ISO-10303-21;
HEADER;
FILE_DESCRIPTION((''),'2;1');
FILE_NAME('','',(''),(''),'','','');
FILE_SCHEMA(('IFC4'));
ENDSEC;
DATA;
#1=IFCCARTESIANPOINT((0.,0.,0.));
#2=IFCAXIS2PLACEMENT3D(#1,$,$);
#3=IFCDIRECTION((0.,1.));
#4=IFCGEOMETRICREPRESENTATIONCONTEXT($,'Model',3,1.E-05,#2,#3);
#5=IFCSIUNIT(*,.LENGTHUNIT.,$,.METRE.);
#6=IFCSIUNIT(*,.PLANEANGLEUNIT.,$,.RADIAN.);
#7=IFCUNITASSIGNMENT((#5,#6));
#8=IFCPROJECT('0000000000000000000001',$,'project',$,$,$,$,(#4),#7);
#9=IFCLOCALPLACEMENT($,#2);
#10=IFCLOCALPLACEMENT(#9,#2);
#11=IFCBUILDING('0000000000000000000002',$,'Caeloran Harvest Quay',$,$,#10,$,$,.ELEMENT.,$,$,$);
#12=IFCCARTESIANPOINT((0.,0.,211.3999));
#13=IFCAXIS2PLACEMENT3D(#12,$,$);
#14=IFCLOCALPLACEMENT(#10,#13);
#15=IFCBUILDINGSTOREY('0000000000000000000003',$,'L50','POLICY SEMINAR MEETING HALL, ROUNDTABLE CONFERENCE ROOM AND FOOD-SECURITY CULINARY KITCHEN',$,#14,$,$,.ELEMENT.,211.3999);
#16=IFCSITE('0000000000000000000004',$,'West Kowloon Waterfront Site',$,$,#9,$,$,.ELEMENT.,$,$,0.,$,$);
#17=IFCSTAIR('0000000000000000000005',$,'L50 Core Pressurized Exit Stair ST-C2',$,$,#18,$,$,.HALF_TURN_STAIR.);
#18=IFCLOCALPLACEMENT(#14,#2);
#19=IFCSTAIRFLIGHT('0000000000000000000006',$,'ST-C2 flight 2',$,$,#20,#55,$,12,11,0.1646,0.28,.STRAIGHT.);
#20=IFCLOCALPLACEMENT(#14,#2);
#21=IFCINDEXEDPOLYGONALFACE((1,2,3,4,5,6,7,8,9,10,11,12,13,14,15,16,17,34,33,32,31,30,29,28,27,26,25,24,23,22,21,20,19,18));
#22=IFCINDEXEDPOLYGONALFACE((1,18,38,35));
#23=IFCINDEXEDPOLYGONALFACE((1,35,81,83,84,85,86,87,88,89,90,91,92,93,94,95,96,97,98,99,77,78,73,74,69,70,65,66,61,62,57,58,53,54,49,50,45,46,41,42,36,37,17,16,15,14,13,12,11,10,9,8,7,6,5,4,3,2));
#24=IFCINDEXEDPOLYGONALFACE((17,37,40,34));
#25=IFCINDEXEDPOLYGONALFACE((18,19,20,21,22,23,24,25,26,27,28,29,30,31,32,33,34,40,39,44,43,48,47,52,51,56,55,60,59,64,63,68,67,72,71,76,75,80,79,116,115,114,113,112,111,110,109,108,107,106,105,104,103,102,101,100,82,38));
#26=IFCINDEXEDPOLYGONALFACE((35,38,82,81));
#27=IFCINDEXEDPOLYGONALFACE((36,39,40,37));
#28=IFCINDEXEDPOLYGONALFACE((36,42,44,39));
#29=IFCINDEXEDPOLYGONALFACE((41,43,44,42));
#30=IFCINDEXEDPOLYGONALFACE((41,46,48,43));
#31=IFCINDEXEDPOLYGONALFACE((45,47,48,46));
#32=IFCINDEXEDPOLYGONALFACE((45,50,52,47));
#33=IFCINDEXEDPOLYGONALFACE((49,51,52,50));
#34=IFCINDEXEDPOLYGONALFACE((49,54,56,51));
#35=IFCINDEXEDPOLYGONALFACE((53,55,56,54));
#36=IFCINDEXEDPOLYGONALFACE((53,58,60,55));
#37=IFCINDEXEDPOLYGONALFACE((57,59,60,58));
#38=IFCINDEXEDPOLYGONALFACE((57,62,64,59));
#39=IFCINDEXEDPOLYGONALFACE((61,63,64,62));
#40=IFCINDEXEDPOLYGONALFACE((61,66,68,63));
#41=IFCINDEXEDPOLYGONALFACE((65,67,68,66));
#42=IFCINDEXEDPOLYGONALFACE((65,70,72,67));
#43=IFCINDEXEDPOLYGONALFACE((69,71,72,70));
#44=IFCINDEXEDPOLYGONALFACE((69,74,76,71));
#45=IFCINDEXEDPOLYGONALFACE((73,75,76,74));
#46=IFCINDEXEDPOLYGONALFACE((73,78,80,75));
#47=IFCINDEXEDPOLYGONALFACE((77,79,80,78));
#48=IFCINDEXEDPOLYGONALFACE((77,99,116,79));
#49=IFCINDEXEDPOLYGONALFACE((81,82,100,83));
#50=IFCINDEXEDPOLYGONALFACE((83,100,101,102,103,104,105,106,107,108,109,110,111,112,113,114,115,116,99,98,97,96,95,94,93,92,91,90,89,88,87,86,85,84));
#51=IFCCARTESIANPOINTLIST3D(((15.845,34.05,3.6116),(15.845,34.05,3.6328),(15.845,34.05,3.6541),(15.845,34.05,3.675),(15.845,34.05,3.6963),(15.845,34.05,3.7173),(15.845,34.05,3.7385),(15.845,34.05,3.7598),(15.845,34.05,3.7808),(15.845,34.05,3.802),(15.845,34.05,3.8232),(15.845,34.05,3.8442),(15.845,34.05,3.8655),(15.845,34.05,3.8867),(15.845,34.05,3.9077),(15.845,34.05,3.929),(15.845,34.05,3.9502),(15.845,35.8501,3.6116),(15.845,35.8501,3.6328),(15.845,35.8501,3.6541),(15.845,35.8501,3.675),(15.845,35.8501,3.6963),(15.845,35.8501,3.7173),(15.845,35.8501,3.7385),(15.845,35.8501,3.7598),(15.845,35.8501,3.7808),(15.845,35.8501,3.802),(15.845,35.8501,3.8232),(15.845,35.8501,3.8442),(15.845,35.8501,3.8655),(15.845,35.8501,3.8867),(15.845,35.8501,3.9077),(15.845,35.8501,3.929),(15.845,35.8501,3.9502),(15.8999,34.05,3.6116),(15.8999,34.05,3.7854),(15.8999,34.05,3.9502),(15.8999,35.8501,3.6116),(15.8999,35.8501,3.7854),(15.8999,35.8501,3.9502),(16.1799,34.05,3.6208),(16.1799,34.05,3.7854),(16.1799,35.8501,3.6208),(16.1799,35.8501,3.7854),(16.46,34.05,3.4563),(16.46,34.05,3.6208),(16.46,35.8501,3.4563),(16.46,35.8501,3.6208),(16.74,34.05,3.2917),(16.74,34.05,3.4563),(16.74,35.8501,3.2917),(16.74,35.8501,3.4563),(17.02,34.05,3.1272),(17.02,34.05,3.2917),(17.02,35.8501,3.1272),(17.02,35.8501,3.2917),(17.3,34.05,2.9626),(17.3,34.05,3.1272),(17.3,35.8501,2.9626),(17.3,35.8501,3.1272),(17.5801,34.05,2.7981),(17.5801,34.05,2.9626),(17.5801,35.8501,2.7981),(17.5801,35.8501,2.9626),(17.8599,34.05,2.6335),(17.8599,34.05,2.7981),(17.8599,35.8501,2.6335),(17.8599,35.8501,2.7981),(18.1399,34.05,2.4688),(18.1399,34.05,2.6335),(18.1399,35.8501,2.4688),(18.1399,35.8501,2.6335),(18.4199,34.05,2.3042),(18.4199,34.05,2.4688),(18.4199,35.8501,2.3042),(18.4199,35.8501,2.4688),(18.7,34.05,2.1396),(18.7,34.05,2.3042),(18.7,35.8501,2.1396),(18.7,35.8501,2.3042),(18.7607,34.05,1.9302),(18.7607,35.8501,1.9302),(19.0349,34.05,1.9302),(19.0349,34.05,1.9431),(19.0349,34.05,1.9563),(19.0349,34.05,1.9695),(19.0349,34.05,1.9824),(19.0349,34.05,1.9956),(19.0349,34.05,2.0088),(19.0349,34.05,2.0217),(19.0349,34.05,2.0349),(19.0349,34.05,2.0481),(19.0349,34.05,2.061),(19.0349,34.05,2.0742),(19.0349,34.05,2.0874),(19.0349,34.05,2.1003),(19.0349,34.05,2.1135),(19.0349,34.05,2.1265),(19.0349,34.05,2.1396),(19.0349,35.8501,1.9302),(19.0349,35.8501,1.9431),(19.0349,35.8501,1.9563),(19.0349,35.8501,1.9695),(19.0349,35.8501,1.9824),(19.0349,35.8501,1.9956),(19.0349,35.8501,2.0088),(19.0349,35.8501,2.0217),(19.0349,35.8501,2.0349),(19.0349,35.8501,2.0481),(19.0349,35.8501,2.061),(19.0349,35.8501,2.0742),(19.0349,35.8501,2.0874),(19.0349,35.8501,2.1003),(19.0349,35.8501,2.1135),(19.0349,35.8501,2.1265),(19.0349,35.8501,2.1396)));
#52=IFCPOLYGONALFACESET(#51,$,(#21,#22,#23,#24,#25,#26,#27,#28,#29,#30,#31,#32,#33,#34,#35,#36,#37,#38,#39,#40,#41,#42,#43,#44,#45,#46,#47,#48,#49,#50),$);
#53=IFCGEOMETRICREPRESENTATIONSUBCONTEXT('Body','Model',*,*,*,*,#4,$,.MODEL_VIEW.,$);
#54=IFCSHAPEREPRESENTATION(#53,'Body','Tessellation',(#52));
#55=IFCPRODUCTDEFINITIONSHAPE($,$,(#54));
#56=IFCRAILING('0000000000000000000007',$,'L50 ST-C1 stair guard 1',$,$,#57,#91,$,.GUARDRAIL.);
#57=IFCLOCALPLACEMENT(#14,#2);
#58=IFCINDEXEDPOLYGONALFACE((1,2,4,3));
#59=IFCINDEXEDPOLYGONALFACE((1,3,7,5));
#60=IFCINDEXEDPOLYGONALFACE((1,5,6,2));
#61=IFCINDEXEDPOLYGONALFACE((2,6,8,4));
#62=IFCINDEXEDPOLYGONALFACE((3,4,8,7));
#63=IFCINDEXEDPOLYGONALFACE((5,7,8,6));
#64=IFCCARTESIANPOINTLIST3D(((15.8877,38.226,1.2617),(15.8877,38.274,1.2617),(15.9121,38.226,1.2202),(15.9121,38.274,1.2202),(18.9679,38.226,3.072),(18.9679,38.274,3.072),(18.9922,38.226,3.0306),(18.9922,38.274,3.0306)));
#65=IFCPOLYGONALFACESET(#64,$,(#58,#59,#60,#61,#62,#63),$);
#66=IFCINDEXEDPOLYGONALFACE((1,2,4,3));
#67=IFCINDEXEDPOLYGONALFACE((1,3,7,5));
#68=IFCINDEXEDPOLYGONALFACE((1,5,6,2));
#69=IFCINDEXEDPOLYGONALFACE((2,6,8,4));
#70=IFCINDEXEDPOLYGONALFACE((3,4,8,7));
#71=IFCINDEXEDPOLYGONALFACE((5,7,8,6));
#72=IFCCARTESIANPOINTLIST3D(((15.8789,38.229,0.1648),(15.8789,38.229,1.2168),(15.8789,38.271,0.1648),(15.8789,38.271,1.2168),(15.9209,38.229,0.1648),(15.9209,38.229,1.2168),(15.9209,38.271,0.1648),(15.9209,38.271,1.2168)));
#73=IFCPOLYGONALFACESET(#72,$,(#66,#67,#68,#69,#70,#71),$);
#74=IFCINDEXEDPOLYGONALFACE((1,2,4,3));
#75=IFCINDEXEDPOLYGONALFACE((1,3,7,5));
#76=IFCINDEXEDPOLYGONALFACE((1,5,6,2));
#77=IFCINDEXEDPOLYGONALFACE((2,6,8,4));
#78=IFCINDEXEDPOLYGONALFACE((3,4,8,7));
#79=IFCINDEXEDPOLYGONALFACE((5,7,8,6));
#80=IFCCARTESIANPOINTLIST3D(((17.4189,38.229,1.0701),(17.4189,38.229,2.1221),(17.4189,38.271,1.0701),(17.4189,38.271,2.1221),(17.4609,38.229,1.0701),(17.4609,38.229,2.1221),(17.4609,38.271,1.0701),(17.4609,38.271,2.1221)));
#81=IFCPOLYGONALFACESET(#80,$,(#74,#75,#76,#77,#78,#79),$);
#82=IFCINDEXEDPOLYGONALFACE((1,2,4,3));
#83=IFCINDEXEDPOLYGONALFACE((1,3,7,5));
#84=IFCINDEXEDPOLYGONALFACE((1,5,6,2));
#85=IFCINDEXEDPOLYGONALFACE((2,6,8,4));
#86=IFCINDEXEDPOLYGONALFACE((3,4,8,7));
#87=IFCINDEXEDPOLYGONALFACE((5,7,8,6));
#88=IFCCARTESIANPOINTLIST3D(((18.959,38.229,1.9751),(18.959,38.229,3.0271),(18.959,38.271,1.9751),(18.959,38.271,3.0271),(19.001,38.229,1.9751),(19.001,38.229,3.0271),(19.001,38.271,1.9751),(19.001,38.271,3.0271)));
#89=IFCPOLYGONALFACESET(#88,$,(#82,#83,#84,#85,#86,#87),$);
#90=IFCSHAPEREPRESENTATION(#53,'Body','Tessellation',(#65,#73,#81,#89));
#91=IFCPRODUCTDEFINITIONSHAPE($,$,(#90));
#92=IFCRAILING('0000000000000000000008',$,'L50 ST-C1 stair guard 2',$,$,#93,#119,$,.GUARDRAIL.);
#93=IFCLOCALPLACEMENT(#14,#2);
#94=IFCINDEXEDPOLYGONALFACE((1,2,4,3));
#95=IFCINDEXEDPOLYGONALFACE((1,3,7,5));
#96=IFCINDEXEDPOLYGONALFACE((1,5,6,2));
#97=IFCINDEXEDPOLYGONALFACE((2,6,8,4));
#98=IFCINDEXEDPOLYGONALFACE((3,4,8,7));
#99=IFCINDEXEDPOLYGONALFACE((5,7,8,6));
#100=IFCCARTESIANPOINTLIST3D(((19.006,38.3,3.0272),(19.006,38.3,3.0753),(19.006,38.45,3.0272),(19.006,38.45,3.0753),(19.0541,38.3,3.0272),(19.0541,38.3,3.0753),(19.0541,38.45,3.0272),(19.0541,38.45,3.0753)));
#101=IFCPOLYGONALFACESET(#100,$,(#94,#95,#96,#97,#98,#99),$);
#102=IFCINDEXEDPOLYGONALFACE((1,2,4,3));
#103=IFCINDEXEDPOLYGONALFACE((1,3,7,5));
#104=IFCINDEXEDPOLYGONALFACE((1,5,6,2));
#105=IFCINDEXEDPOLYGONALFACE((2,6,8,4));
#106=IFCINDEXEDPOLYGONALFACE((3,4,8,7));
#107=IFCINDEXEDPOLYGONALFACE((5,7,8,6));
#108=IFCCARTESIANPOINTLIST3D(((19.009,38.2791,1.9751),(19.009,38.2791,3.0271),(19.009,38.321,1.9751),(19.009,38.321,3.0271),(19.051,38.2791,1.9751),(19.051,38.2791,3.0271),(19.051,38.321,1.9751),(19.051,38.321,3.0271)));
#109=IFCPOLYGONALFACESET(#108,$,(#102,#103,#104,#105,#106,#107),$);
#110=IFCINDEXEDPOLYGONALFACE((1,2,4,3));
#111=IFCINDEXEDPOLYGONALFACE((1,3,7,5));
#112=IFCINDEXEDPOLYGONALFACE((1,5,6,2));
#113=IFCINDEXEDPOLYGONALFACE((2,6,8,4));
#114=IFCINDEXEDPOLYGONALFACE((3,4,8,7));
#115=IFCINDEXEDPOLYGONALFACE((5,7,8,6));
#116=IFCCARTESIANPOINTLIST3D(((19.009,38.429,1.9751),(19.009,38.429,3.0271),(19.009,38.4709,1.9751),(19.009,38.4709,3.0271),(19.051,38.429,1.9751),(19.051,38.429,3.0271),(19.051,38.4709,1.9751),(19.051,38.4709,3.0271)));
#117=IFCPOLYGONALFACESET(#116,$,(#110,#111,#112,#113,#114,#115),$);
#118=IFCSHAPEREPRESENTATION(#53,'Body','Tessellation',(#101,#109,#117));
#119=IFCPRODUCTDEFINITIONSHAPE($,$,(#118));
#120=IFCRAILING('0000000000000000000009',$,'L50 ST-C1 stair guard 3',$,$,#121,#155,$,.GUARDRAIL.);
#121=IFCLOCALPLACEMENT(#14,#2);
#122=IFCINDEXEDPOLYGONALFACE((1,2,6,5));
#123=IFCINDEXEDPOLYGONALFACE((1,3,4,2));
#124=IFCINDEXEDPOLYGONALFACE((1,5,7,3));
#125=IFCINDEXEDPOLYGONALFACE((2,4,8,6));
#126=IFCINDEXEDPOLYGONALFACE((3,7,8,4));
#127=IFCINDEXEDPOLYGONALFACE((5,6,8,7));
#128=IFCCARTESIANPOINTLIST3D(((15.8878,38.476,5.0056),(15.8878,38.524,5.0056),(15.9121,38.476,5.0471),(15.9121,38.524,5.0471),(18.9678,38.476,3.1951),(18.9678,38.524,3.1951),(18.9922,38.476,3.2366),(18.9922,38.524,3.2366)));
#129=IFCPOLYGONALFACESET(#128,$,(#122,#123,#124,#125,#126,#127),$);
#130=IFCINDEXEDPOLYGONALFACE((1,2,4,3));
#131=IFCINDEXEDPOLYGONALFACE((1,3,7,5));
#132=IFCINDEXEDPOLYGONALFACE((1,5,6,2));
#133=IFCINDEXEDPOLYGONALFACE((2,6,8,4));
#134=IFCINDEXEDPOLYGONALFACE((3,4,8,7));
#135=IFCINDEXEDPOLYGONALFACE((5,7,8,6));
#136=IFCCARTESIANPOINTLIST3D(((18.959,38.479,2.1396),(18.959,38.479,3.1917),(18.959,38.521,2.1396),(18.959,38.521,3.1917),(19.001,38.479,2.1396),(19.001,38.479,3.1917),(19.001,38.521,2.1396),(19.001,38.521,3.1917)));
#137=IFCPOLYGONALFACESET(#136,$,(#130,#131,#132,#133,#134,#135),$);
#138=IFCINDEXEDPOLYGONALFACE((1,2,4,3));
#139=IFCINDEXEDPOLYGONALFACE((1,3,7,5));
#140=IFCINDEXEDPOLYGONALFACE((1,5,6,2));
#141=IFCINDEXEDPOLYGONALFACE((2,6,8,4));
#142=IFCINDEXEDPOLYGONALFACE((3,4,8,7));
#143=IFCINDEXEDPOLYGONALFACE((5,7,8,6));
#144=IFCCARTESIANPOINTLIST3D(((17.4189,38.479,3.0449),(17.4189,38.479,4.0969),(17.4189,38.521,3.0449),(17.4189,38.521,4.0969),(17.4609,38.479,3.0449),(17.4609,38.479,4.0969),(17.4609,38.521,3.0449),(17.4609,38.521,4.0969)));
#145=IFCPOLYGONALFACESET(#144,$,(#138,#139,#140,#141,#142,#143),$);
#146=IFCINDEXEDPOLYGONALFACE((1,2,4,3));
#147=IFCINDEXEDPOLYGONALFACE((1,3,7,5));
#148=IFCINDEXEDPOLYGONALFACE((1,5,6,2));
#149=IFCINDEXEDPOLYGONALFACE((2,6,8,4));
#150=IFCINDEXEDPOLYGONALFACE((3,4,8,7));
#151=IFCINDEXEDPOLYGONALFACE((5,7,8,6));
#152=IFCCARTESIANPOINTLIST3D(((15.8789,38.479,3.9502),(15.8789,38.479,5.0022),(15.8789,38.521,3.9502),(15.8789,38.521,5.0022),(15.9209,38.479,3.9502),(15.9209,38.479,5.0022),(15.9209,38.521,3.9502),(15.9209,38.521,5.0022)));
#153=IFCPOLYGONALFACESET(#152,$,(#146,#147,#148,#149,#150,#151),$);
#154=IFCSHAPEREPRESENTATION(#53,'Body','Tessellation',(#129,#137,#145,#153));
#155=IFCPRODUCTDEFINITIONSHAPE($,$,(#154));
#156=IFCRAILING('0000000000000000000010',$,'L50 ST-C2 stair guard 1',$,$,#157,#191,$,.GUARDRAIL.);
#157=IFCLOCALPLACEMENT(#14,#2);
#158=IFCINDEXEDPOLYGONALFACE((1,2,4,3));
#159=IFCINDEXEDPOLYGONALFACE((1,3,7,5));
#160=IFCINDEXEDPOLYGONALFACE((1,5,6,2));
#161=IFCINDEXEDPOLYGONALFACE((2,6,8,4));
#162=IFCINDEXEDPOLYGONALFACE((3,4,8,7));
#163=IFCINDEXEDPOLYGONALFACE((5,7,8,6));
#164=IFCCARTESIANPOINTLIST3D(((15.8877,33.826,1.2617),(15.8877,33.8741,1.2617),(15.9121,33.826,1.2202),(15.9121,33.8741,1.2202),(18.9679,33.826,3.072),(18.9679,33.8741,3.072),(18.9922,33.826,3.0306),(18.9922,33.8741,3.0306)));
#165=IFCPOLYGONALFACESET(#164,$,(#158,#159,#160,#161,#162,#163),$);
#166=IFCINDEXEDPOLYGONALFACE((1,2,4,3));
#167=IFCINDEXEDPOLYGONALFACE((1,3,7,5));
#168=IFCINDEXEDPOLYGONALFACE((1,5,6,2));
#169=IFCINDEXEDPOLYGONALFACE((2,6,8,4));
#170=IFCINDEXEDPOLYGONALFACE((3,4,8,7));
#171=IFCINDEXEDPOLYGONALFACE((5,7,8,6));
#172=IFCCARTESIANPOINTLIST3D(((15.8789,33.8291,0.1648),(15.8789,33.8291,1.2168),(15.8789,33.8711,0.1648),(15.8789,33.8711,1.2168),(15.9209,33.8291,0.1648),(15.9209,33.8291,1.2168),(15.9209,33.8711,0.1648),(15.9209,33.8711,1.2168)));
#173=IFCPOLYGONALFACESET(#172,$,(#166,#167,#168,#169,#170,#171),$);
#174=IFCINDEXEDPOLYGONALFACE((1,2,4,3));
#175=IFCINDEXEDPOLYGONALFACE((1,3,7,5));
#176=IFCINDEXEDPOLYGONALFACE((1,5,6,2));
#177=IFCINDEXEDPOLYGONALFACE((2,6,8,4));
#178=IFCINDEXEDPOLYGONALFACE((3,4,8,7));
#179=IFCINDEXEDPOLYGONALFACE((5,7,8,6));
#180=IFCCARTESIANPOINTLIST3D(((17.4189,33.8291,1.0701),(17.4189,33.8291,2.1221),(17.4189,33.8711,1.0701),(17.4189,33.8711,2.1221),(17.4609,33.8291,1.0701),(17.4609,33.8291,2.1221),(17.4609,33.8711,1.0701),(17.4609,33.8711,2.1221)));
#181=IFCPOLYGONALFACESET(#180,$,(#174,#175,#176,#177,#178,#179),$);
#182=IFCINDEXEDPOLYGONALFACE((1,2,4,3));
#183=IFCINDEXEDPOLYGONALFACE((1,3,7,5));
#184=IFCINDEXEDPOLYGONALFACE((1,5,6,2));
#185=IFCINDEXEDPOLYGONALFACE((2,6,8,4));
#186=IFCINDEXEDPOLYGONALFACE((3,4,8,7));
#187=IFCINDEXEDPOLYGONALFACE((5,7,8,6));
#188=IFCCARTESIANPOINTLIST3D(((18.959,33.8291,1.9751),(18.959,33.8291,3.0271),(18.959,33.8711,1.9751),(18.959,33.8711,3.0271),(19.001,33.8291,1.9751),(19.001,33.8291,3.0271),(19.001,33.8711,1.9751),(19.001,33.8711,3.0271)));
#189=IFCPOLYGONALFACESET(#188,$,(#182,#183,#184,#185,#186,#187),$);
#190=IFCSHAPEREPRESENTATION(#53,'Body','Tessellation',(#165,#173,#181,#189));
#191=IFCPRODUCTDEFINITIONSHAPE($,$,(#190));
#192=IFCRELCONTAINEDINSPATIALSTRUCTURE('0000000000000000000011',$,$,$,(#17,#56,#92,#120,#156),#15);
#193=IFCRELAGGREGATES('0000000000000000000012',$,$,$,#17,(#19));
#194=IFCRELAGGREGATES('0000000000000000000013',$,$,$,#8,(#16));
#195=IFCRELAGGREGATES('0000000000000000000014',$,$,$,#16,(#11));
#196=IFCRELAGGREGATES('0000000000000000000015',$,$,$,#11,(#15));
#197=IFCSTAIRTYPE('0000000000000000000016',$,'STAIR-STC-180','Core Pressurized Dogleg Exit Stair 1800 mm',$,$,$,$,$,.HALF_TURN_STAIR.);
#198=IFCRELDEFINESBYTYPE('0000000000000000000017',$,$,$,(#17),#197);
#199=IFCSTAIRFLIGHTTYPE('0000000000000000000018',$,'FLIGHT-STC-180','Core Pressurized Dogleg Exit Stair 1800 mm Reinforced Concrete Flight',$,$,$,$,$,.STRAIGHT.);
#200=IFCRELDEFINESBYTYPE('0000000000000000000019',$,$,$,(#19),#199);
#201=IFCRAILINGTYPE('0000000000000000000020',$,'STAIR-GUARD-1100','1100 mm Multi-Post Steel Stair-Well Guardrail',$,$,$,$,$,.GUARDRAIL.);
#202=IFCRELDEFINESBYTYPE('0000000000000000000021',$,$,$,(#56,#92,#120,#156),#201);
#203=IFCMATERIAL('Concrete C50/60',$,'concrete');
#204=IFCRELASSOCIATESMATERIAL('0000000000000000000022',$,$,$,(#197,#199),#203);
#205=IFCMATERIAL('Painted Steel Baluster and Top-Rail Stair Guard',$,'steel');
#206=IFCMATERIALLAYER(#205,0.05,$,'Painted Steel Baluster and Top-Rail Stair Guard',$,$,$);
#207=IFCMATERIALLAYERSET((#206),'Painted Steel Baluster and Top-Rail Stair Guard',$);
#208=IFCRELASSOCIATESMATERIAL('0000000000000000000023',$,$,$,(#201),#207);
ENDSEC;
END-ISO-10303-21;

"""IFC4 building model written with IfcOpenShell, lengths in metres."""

from ifc_helpers import new_model, si_unit, direction, frame, origin, origin_2d, place, context, subcontext, project, spatial, polyline, rectangle, outline, extrude, material, layer, layer_set, type_object, element, aggregate, save


model = new_model("IFC4")

# Units and contexts
model_context = context("Model", 3, precision=1e-05, world=origin(), true_north=direction((0.0, 1.0)))
body_context = subcontext(model_context, "Body", "Model", "MODEL_VIEW")
ifc_project = project(units=[si_unit("LENGTHUNIT", "METRE"), si_unit("PLANEANGLEUNIT", "RADIAN")], contexts=[model_context])

# Site, building, storey
site_placement = place(None, origin())
site = spatial("IfcSite", under=ifc_project, at=site_placement, Name="West Kowloon Waterfront Site", CompositionType="ELEMENT", RefElevation=0.0)
building_placement = place(site_placement, origin())
building = spatial("IfcBuilding", under=site, at=building_placement, Name="Caeloran Harvest Quay", CompositionType="ELEMENT")
storey_placement = place(building_placement, frame((0.0, 0.0, 211.3999)))
storey = spatial("IfcBuildingStorey", under=building, at=storey_placement, Name="L50", Description="POLICY SEMINAR MEETING HALL, ROUNDTABLE CONFERENCE ROOM AND FOOD-SECURITY CULINARY KITCHEN", CompositionType="ELEMENT", Elevation=211.3999)

# Shared definitions
ifc_material_1 = material(Name="Concrete C50/60", Category="concrete")

# Stair, stair flight
stair_type = type_object("IfcStairType", Name="STAIR-STC-180", Description="Core Pressurized Dogleg Exit Stair 1800 mm", PredefinedType="HALF_TURN_STAIR", material=ifc_material_1)
stair_flight_type = type_object("IfcStairFlightType", Name="FLIGHT-STC-180", Description="Core Pressurized Dogleg Exit Stair 1800 mm Reinforced Concrete Flight", PredefinedType="STRAIGHT", material=ifc_material_1)
stair_1_placement = place(storey_placement, origin())
stair_1 = element("IfcStair", 1, at=stair_1_placement, inside=storey, type_object=stair_type, Name="L50 Core Pressurized Exit Stair ST-C2", PredefinedType="HALF_TURN_STAIR")
stair_flight_1_placement = place(storey_placement, frame((18.98, 34.95, 1.9751), z_axis=(0.0, 0.0, 1.0), x_axis=(-1.0, 0.0, 0.0)))
stair_flight_1 = element("IfcStairFlight", 2, at=stair_flight_1_placement, type_object=stair_flight_type, Name="ST-C2 flight 2", NumberOfRisers=12, NumberOfTreads=11, PredefinedType="STRAIGHT", RiserHeight=0.1646, TreadLength=0.28, context=body_context, shape_type="SweptSolid", body=[
    extrude(outline(polyline([(-0.0549, -0.0449), (-0.0549, -0.032), (-0.0549, -0.0188), (-0.0549, -0.0056), (-0.0549, 0.0073), (-0.0549, 0.0205), (-0.0549, 0.0337), (-0.0549, 0.0466), (-0.0549, 0.0598), (-0.0549, 0.073), (-0.0549, 0.0859), (-0.0549, 0.0991), (-0.0549, 0.1123), (-0.0549, 0.1252), (-0.0549, 0.1384), (-0.0549, 0.1514), (-0.0549, 0.1646), (0.28, 0.1646), (0.28, 0.3291), (0.5601, 0.3291), (0.5601, 0.4937), (0.8401, 0.4937), (0.8401, 0.6584), (1.1201, 0.6584), (1.1201, 0.823), (1.3999, 0.823), (1.3999, 0.9875), (1.6799, 0.9875), (1.6799, 1.1521), (1.96, 1.1521), (1.96, 1.3167), (2.24, 1.3167), (2.24, 1.4812), (2.52, 1.4812), (2.52, 1.6458), (2.8, 1.6458), (2.8, 1.8103), (3.0801, 1.8103), (3.0801, 1.9751), (3.135, 1.9751), (3.135, 1.9539), (3.135, 1.9326), (3.135, 1.9116), (3.135, 1.8904), (3.135, 1.8691), (3.135, 1.8481), (3.135, 1.8269), (3.135, 1.8057), (3.135, 1.7847), (3.135, 1.7634), (3.135, 1.7422), (3.135, 1.7212), (3.135, 1.7), (3.135, 1.679), (3.135, 1.6577), (3.135, 1.6365), (3.0801, 1.6365), (0.2192, -0.0449), (-0.0549, -0.0449)])), frame((0.0, 0.8999, 0.0), z_axis=(0.0, -1.0, 0.0), x_axis=(1.0, 0.0, 0.0)), (0.0, 0.0, 1.0), 1.8),
])
aggregate(stair_1, [stair_flight_1])

# Railings
ifc_material_2 = material(Name="Painted Steel Baluster and Top-Rail Stair Guard", Category="steel")
ifc_layer_1 = layer(ifc_material_2, 0.05, Name="Painted Steel Baluster and Top-Rail Stair Guard")
ifc_layer_set_1 = layer_set([ifc_layer_1], Name="Painted Steel Baluster and Top-Rail Stair Guard")
railing_type_1 = type_object("IfcRailingType", Name="STAIR-GUARD-1100", Description="1100 mm Multi-Post Steel Stair-Well Guardrail", PredefinedType="GUARDRAIL", material=ifc_layer_set_1)
railing_1_placement = place(storey_placement, frame((15.8999, 38.25, 0.1648)))
element("IfcRailing", 3, at=railing_1_placement, inside=storey, type_object=railing_type_1, Name="L50 ST-C1 stair guard 1", PredefinedType="GUARDRAIL", context=body_context, shape_type="SweptSolid", body=[
    extrude(rectangle(XDim=0.0481, YDim=0.0481, at=origin_2d()), frame((0.0, 0.0, 1.0762), z_axis=(0.862119, 0.0, 0.506707), x_axis=(0.0, 1.0, 0.0)), (0.0, 0.0, 1.0), 3.5728),
    extrude(rectangle(XDim=0.042, YDim=0.042, at=origin_2d()), origin(), (0.0, 0.0, 1.0), 1.052),
    extrude(rectangle(XDim=0.042, YDim=0.042, at=origin_2d()), frame((1.54, 0.0, 0.9053)), (0.0, 0.0, 1.0), 1.052),
    extrude(rectangle(XDim=0.042, YDim=0.042, at=origin_2d()), frame((3.0801, 0.0, 1.8103)), (0.0, 0.0, 1.0), 1.052),
])
railing_2_placement = place(storey_placement, frame((19.03, 38.3, 1.9751)))
element("IfcRailing", 4, at=railing_2_placement, inside=storey, type_object=railing_type_1, Name="L50 ST-C1 stair guard 2", PredefinedType="GUARDRAIL", context=body_context, shape_type="SweptSolid", body=[
    extrude(rectangle(XDim=0.0481, YDim=0.0481, at=origin_2d()), frame((0.0, 0.0, 1.0762), z_axis=(0.0, 1.0, 0.0), x_axis=(-1.0, 0.0, 0.0)), (0.0, 0.0, 1.0), 0.1499),
    extrude(rectangle(XDim=0.042, YDim=0.042, at=origin_2d()), origin(), (0.0, 0.0, 1.0), 1.052),
    extrude(rectangle(XDim=0.042, YDim=0.042, at=origin_2d()), frame((0.0, 0.1499, 0.0)), (0.0, 0.0, 1.0), 1.052),
])
railing_3_placement = place(storey_placement, frame((18.98, 38.5, 2.1396)))
element("IfcRailing", 5, at=railing_3_placement, inside=storey, type_object=railing_type_1, Name="L50 ST-C1 stair guard 3", PredefinedType="GUARDRAIL", context=body_context, shape_type="SweptSolid", body=[
    extrude(rectangle(XDim=0.0481, YDim=0.0481, at=origin_2d()), frame((0.0, 0.0, 1.0762), z_axis=(-0.862089, 0.0, 0.506757), x_axis=(0.0, -1.0, 0.0)), (0.0, 0.0, 1.0), 3.5728),
    extrude(rectangle(XDim=0.042, YDim=0.042, at=origin_2d()), origin(), (0.0, 0.0, 1.0), 1.052),
    extrude(rectangle(XDim=0.042, YDim=0.042, at=origin_2d()), frame((-1.54, 0.0, 0.9053)), (0.0, 0.0, 1.0), 1.052),
    extrude(rectangle(XDim=0.042, YDim=0.042, at=origin_2d()), frame((-3.0801, 0.0, 1.8105)), (0.0, 0.0, 1.0), 1.052),
])
railing_4_placement = place(storey_placement, frame((15.8999, 33.8501, 0.1648)))
element("IfcRailing", 6, at=railing_4_placement, inside=storey, type_object=railing_type_1, Name="L50 ST-C2 stair guard 1", PredefinedType="GUARDRAIL", context=body_context, shape_type="SweptSolid", body=[
    extrude(rectangle(XDim=0.0481, YDim=0.0481, at=origin_2d()), frame((0.0, 0.0, 1.0762), z_axis=(0.862119, 0.0, 0.506707), x_axis=(0.0, 1.0, 0.0)), (0.0, 0.0, 1.0), 3.5728),
    extrude(rectangle(XDim=0.042, YDim=0.042, at=origin_2d()), origin(), (0.0, 0.0, 1.0), 1.052),
    extrude(rectangle(XDim=0.042, YDim=0.042, at=origin_2d()), frame((1.54, 0.0, 0.9053)), (0.0, 0.0, 1.0), 1.052),
    extrude(rectangle(XDim=0.042, YDim=0.042, at=origin_2d()), frame((3.0801, 0.0, 1.8103)), (0.0, 0.0, 1.0), 1.052),
])

save(model, "model.ifc")
